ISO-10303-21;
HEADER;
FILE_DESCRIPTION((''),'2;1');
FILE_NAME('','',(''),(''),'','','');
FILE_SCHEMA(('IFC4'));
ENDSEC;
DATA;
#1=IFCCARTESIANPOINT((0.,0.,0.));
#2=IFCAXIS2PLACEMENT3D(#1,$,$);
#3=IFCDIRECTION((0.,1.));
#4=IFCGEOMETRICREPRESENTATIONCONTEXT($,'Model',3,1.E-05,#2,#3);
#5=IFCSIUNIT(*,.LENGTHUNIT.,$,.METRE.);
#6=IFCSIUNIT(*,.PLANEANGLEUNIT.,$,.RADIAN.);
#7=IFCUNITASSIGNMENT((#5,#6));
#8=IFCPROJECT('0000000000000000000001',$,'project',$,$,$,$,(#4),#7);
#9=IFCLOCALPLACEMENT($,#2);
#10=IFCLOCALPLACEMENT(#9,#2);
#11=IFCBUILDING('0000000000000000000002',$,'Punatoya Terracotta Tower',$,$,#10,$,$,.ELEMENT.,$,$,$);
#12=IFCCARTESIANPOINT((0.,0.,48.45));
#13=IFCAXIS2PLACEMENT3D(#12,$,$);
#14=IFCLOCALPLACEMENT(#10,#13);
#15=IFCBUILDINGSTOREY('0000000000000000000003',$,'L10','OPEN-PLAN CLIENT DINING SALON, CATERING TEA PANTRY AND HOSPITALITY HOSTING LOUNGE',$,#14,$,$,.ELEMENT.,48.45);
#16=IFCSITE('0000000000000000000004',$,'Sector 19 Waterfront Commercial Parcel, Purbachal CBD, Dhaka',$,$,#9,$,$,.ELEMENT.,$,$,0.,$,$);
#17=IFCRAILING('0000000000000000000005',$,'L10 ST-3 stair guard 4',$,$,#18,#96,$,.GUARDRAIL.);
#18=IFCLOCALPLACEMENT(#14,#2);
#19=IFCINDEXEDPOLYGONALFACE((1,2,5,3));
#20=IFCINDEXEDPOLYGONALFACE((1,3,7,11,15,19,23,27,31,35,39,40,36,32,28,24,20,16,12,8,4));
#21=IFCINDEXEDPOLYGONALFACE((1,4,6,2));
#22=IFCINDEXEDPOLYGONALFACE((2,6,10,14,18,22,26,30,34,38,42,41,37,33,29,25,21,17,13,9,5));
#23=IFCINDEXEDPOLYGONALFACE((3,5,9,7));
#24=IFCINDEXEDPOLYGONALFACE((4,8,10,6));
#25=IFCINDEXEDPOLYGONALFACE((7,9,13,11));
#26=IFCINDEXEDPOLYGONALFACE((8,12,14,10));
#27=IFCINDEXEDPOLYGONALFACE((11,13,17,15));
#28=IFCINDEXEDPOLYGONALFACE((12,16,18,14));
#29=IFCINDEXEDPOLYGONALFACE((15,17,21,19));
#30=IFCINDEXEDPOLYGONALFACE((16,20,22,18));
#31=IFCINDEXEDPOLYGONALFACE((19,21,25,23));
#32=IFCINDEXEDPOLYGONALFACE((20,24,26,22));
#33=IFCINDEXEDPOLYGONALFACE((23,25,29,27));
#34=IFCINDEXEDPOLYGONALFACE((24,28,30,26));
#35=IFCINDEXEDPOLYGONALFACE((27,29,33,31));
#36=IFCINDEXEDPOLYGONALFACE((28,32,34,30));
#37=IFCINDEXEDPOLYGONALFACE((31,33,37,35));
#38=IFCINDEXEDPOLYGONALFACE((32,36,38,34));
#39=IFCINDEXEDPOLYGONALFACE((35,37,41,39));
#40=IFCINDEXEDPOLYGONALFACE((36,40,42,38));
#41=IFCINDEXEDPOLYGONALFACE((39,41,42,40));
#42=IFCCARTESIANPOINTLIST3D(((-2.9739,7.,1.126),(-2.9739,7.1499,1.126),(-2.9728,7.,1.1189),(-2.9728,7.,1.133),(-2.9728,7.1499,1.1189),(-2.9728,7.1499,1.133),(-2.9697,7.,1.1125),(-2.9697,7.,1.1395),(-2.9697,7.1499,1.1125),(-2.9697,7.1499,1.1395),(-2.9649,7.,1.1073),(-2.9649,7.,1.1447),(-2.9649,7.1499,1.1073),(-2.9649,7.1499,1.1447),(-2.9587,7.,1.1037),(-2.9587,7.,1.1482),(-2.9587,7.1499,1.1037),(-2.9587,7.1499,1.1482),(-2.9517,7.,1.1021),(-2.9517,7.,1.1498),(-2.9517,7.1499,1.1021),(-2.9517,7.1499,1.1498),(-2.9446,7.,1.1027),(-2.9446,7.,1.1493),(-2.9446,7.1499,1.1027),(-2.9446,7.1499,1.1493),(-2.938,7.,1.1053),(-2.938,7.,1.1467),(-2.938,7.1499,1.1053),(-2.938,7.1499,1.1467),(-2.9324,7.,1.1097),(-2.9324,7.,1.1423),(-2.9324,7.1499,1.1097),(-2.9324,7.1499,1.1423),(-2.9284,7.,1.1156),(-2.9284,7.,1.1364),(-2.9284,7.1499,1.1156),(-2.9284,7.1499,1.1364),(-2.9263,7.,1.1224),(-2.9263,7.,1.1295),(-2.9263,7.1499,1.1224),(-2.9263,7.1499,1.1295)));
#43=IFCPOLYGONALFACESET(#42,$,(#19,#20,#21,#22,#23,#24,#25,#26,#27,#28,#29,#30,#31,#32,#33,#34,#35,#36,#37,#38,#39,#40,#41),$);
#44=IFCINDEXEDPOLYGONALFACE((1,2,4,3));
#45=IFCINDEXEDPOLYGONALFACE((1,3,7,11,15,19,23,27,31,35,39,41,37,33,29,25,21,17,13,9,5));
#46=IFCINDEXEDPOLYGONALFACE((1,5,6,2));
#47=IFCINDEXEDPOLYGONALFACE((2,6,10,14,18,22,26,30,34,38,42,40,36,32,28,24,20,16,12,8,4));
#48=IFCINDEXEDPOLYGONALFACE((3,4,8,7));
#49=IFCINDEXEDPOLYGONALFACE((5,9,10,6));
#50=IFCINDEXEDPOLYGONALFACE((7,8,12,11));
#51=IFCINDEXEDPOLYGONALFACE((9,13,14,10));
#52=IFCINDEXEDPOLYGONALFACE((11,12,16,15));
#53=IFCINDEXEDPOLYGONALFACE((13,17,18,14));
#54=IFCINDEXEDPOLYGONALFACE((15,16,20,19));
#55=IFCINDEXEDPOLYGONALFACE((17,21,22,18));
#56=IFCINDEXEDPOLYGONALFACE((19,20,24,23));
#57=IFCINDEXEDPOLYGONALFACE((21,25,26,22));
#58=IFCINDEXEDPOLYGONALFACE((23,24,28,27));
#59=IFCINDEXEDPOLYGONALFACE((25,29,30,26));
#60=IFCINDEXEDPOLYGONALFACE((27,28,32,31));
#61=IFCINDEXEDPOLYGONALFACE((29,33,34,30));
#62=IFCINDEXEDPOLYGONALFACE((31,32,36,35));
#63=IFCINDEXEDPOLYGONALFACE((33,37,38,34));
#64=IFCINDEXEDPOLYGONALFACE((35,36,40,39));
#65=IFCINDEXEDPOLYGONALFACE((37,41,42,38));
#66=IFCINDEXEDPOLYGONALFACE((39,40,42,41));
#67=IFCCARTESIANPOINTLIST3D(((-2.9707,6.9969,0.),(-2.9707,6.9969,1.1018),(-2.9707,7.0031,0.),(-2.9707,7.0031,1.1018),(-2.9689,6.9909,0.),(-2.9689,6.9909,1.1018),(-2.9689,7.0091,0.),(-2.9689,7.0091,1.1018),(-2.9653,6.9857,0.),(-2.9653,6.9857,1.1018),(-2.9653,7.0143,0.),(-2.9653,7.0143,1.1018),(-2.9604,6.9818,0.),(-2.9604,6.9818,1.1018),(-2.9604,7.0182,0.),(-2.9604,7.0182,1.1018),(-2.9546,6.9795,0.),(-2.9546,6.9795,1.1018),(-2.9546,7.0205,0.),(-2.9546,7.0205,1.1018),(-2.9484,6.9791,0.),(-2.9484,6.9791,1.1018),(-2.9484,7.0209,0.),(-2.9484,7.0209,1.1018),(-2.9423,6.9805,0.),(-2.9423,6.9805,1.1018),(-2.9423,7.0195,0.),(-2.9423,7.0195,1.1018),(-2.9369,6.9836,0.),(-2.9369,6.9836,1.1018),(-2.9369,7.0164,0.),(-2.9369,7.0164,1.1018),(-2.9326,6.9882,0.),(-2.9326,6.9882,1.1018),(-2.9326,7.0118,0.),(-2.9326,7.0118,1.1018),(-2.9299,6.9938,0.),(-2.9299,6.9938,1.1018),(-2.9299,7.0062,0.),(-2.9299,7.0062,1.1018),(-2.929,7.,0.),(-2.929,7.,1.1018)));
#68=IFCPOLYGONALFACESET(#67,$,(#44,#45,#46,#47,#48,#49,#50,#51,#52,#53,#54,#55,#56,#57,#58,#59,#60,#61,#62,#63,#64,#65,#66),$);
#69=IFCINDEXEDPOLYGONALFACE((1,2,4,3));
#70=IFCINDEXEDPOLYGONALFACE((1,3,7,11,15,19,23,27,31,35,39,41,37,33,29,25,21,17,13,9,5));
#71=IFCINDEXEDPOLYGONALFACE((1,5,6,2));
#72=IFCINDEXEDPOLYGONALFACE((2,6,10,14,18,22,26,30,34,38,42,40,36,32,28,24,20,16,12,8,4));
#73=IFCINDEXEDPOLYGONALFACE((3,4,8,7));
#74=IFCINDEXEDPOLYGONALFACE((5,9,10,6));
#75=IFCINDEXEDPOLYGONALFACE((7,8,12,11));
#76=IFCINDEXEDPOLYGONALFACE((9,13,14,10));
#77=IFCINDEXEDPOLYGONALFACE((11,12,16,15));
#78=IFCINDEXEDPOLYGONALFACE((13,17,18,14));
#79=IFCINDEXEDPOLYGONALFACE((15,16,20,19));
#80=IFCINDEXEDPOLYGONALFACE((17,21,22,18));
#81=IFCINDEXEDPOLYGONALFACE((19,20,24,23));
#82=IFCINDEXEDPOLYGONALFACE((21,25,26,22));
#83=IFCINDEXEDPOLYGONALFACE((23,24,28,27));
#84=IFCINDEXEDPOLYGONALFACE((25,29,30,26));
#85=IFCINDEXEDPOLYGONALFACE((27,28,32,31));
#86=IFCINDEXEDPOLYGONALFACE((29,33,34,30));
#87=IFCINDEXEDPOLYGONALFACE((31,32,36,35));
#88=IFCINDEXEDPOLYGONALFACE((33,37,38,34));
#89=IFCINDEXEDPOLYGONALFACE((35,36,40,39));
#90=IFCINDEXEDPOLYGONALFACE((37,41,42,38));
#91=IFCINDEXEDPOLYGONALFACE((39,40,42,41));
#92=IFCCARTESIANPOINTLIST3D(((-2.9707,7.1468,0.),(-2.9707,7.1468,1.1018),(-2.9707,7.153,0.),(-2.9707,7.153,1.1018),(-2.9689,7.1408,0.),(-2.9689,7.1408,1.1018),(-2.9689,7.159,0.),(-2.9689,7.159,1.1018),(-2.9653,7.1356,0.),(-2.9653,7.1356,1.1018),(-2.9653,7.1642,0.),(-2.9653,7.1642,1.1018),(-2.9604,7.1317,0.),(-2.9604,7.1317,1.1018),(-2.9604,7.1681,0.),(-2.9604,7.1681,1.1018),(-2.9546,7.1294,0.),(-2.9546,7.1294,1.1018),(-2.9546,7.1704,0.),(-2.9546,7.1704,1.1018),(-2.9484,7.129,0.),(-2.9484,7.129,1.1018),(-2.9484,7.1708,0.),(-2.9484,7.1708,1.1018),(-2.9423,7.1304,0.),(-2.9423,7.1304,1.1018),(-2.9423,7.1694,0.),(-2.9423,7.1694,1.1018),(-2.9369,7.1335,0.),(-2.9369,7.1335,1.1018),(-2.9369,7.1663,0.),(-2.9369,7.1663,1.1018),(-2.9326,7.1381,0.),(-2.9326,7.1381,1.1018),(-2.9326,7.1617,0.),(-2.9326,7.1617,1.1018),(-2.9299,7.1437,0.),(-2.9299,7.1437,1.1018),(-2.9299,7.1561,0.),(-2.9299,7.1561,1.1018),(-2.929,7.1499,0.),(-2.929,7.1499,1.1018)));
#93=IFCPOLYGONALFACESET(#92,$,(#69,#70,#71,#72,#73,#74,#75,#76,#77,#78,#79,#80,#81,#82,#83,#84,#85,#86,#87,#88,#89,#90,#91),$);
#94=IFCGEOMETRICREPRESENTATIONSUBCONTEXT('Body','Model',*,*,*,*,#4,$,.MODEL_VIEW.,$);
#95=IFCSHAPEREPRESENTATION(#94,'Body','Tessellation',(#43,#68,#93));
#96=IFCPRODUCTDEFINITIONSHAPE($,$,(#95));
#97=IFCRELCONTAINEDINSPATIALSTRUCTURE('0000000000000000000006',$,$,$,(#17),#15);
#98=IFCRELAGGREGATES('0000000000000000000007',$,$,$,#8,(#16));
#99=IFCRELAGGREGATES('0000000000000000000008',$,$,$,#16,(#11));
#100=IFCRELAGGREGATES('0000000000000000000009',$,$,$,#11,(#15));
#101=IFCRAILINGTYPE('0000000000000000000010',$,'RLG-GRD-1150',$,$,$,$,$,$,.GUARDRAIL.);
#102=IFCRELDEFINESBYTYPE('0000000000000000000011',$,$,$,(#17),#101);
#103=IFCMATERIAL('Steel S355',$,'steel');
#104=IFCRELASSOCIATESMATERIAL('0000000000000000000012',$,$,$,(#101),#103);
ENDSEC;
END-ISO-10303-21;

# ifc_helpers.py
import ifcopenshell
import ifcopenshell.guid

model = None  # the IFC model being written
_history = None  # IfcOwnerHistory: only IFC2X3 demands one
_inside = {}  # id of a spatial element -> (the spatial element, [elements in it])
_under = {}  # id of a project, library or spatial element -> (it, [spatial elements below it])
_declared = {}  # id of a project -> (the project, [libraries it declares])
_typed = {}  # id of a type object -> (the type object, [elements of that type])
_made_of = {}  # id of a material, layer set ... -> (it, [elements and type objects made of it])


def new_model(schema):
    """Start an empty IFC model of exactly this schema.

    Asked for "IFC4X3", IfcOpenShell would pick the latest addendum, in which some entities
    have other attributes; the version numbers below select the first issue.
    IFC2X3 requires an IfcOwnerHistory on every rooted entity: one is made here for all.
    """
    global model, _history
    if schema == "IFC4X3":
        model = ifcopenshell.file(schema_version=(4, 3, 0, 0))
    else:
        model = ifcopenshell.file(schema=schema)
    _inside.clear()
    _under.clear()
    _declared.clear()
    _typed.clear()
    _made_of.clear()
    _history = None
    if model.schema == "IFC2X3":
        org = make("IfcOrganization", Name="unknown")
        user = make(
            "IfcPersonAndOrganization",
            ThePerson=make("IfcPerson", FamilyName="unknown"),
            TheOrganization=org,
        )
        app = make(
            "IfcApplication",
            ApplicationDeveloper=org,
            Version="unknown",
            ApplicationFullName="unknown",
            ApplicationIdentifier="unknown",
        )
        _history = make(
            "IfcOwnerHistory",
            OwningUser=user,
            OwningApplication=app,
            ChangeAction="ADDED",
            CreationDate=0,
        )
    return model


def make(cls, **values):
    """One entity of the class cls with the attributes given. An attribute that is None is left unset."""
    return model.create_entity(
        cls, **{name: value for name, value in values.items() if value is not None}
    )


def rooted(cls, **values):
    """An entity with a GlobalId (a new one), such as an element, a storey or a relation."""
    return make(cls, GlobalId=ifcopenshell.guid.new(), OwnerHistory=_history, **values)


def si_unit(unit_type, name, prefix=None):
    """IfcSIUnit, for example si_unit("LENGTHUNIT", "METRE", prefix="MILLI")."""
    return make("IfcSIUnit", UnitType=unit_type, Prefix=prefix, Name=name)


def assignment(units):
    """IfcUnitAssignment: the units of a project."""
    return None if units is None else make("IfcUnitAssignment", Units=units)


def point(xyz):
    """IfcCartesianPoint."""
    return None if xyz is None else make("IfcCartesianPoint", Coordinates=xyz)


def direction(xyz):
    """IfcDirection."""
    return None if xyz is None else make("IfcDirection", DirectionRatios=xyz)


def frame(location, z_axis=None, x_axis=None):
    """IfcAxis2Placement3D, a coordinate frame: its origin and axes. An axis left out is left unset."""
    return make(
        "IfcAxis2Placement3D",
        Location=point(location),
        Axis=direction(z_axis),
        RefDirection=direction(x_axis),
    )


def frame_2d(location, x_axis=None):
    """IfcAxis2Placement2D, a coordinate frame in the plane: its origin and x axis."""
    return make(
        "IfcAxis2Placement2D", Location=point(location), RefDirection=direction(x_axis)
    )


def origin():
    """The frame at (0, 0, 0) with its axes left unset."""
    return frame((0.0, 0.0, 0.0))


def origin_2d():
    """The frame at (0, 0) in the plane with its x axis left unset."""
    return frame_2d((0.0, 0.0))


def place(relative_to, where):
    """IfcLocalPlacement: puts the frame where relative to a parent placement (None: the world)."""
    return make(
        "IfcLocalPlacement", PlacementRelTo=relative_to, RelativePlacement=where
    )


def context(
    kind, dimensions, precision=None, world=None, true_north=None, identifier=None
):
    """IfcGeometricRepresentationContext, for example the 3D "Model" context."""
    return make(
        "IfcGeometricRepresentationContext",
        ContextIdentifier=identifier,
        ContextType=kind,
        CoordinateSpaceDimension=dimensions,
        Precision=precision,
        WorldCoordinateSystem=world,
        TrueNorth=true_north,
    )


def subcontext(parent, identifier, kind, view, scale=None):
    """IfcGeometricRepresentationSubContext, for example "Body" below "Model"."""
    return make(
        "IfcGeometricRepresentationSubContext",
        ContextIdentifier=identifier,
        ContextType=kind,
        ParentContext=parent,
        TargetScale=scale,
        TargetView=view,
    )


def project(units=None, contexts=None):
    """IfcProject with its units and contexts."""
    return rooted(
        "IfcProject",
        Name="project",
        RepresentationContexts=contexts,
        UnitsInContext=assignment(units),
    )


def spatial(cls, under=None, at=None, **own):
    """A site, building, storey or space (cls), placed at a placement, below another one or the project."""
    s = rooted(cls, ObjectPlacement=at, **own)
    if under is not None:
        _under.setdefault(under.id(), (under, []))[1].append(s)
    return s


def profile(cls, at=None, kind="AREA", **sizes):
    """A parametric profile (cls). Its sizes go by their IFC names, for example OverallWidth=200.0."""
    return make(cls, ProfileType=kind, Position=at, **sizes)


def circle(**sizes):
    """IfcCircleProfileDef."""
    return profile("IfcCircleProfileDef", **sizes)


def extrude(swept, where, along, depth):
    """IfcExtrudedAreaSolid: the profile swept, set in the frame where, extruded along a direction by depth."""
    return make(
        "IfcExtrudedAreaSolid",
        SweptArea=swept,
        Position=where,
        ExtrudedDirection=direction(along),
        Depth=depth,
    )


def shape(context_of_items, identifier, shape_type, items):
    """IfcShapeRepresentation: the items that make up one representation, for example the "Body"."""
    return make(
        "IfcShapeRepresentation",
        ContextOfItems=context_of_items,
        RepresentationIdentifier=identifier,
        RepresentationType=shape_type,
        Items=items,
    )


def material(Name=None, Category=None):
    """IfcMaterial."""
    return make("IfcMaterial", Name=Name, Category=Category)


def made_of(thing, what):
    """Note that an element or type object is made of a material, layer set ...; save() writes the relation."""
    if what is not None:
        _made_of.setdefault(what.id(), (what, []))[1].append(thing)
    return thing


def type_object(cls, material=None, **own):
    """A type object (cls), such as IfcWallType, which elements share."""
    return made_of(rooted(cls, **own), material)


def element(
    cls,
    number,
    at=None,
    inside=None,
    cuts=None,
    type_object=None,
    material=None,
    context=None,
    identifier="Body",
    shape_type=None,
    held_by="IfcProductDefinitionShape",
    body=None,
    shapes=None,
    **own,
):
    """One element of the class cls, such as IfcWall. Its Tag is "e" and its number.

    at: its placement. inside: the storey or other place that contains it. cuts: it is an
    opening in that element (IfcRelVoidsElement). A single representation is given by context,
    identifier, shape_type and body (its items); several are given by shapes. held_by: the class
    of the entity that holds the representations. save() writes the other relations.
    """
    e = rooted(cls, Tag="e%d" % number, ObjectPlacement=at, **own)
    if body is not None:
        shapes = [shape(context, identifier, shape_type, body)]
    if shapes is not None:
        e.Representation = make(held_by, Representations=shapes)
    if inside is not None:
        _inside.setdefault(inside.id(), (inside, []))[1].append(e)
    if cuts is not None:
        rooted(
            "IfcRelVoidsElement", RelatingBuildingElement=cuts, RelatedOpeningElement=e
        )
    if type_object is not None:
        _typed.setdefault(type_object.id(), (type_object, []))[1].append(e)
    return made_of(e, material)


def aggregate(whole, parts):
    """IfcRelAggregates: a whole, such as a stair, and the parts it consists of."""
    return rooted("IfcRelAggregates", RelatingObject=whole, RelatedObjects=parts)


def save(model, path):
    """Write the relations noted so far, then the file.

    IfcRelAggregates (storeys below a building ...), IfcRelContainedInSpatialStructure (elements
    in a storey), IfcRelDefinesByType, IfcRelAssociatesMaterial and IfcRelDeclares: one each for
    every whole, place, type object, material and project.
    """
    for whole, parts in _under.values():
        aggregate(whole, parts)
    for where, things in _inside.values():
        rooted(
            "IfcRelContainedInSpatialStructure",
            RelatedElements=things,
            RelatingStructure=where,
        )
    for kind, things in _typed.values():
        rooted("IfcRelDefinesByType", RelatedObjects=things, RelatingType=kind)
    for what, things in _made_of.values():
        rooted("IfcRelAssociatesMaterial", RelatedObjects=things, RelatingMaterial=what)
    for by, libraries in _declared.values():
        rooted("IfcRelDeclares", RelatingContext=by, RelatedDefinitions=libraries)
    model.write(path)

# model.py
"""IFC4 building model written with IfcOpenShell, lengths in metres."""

from ifc_helpers import new_model, si_unit, direction, frame, origin, origin_2d, place, context, subcontext, project, spatial, circle, extrude, material, type_object, element, save


model = new_model("IFC4")

# Units and contexts
model_context = context("Model", 3, precision=1e-05, world=origin(), true_north=direction((0.0, 1.0)))
body_context = subcontext(model_context, "Body", "Model", "MODEL_VIEW")
ifc_project = project(units=[si_unit("LENGTHUNIT", "METRE"), si_unit("PLANEANGLEUNIT", "RADIAN")], contexts=[model_context])

# Site, building, storey
site_placement = place(None, origin())
site = spatial("IfcSite", under=ifc_project, at=site_placement, Name="Sector 19 Waterfront Commercial Parcel, Purbachal CBD, Dhaka", CompositionType="ELEMENT", RefElevation=0.0)
building_placement = place(site_placement, origin())
building = spatial("IfcBuilding", under=site, at=building_placement, Name="Punatoya Terracotta Tower", CompositionType="ELEMENT")
storey_placement = place(building_placement, frame((0.0, 0.0, 48.45)))
storey = spatial("IfcBuildingStorey", under=building, at=storey_placement, Name="L10", Description="OPEN-PLAN CLIENT DINING SALON, CATERING TEA PANTRY AND HOSPITALITY HOSTING LOUNGE", CompositionType="ELEMENT", Elevation=48.45)

# Shared definitions
ifc_material_1 = material(Name="Steel S355", Category="steel")

# Railing
railing_type_1 = type_object("IfcRailingType", Name="RLG-GRD-1150", PredefinedType="GUARDRAIL", material=ifc_material_1)
railing_1_placement = place(storey_placement, frame((-2.95, 7.0, 0.0)))
element("IfcRailing", 1, at=railing_1_placement, inside=storey, type_object=railing_type_1, Name="L10 ST-3 stair guard 4", PredefinedType="GUARDRAIL", context=body_context, shape_type="SweptSolid", body=[
    extrude(circle(Radius=0.0239, at=origin_2d()), frame((0.0, 0.0, 1.126), z_axis=(0.0, 1.0, 0.0), x_axis=(-1.0, 0.0, 0.0)), (0.0, 0.0, 1.0), 0.1499),
    extrude(circle(Radius=0.021, at=origin_2d()), origin(), (0.0, 0.0, 1.0), 1.1018),
    extrude(circle(Radius=0.021, at=origin_2d()), frame((0.0, 0.1499, 0.0)), (0.0, 0.0, 1.0), 1.1018),
])

save(model, "model.ifc")
